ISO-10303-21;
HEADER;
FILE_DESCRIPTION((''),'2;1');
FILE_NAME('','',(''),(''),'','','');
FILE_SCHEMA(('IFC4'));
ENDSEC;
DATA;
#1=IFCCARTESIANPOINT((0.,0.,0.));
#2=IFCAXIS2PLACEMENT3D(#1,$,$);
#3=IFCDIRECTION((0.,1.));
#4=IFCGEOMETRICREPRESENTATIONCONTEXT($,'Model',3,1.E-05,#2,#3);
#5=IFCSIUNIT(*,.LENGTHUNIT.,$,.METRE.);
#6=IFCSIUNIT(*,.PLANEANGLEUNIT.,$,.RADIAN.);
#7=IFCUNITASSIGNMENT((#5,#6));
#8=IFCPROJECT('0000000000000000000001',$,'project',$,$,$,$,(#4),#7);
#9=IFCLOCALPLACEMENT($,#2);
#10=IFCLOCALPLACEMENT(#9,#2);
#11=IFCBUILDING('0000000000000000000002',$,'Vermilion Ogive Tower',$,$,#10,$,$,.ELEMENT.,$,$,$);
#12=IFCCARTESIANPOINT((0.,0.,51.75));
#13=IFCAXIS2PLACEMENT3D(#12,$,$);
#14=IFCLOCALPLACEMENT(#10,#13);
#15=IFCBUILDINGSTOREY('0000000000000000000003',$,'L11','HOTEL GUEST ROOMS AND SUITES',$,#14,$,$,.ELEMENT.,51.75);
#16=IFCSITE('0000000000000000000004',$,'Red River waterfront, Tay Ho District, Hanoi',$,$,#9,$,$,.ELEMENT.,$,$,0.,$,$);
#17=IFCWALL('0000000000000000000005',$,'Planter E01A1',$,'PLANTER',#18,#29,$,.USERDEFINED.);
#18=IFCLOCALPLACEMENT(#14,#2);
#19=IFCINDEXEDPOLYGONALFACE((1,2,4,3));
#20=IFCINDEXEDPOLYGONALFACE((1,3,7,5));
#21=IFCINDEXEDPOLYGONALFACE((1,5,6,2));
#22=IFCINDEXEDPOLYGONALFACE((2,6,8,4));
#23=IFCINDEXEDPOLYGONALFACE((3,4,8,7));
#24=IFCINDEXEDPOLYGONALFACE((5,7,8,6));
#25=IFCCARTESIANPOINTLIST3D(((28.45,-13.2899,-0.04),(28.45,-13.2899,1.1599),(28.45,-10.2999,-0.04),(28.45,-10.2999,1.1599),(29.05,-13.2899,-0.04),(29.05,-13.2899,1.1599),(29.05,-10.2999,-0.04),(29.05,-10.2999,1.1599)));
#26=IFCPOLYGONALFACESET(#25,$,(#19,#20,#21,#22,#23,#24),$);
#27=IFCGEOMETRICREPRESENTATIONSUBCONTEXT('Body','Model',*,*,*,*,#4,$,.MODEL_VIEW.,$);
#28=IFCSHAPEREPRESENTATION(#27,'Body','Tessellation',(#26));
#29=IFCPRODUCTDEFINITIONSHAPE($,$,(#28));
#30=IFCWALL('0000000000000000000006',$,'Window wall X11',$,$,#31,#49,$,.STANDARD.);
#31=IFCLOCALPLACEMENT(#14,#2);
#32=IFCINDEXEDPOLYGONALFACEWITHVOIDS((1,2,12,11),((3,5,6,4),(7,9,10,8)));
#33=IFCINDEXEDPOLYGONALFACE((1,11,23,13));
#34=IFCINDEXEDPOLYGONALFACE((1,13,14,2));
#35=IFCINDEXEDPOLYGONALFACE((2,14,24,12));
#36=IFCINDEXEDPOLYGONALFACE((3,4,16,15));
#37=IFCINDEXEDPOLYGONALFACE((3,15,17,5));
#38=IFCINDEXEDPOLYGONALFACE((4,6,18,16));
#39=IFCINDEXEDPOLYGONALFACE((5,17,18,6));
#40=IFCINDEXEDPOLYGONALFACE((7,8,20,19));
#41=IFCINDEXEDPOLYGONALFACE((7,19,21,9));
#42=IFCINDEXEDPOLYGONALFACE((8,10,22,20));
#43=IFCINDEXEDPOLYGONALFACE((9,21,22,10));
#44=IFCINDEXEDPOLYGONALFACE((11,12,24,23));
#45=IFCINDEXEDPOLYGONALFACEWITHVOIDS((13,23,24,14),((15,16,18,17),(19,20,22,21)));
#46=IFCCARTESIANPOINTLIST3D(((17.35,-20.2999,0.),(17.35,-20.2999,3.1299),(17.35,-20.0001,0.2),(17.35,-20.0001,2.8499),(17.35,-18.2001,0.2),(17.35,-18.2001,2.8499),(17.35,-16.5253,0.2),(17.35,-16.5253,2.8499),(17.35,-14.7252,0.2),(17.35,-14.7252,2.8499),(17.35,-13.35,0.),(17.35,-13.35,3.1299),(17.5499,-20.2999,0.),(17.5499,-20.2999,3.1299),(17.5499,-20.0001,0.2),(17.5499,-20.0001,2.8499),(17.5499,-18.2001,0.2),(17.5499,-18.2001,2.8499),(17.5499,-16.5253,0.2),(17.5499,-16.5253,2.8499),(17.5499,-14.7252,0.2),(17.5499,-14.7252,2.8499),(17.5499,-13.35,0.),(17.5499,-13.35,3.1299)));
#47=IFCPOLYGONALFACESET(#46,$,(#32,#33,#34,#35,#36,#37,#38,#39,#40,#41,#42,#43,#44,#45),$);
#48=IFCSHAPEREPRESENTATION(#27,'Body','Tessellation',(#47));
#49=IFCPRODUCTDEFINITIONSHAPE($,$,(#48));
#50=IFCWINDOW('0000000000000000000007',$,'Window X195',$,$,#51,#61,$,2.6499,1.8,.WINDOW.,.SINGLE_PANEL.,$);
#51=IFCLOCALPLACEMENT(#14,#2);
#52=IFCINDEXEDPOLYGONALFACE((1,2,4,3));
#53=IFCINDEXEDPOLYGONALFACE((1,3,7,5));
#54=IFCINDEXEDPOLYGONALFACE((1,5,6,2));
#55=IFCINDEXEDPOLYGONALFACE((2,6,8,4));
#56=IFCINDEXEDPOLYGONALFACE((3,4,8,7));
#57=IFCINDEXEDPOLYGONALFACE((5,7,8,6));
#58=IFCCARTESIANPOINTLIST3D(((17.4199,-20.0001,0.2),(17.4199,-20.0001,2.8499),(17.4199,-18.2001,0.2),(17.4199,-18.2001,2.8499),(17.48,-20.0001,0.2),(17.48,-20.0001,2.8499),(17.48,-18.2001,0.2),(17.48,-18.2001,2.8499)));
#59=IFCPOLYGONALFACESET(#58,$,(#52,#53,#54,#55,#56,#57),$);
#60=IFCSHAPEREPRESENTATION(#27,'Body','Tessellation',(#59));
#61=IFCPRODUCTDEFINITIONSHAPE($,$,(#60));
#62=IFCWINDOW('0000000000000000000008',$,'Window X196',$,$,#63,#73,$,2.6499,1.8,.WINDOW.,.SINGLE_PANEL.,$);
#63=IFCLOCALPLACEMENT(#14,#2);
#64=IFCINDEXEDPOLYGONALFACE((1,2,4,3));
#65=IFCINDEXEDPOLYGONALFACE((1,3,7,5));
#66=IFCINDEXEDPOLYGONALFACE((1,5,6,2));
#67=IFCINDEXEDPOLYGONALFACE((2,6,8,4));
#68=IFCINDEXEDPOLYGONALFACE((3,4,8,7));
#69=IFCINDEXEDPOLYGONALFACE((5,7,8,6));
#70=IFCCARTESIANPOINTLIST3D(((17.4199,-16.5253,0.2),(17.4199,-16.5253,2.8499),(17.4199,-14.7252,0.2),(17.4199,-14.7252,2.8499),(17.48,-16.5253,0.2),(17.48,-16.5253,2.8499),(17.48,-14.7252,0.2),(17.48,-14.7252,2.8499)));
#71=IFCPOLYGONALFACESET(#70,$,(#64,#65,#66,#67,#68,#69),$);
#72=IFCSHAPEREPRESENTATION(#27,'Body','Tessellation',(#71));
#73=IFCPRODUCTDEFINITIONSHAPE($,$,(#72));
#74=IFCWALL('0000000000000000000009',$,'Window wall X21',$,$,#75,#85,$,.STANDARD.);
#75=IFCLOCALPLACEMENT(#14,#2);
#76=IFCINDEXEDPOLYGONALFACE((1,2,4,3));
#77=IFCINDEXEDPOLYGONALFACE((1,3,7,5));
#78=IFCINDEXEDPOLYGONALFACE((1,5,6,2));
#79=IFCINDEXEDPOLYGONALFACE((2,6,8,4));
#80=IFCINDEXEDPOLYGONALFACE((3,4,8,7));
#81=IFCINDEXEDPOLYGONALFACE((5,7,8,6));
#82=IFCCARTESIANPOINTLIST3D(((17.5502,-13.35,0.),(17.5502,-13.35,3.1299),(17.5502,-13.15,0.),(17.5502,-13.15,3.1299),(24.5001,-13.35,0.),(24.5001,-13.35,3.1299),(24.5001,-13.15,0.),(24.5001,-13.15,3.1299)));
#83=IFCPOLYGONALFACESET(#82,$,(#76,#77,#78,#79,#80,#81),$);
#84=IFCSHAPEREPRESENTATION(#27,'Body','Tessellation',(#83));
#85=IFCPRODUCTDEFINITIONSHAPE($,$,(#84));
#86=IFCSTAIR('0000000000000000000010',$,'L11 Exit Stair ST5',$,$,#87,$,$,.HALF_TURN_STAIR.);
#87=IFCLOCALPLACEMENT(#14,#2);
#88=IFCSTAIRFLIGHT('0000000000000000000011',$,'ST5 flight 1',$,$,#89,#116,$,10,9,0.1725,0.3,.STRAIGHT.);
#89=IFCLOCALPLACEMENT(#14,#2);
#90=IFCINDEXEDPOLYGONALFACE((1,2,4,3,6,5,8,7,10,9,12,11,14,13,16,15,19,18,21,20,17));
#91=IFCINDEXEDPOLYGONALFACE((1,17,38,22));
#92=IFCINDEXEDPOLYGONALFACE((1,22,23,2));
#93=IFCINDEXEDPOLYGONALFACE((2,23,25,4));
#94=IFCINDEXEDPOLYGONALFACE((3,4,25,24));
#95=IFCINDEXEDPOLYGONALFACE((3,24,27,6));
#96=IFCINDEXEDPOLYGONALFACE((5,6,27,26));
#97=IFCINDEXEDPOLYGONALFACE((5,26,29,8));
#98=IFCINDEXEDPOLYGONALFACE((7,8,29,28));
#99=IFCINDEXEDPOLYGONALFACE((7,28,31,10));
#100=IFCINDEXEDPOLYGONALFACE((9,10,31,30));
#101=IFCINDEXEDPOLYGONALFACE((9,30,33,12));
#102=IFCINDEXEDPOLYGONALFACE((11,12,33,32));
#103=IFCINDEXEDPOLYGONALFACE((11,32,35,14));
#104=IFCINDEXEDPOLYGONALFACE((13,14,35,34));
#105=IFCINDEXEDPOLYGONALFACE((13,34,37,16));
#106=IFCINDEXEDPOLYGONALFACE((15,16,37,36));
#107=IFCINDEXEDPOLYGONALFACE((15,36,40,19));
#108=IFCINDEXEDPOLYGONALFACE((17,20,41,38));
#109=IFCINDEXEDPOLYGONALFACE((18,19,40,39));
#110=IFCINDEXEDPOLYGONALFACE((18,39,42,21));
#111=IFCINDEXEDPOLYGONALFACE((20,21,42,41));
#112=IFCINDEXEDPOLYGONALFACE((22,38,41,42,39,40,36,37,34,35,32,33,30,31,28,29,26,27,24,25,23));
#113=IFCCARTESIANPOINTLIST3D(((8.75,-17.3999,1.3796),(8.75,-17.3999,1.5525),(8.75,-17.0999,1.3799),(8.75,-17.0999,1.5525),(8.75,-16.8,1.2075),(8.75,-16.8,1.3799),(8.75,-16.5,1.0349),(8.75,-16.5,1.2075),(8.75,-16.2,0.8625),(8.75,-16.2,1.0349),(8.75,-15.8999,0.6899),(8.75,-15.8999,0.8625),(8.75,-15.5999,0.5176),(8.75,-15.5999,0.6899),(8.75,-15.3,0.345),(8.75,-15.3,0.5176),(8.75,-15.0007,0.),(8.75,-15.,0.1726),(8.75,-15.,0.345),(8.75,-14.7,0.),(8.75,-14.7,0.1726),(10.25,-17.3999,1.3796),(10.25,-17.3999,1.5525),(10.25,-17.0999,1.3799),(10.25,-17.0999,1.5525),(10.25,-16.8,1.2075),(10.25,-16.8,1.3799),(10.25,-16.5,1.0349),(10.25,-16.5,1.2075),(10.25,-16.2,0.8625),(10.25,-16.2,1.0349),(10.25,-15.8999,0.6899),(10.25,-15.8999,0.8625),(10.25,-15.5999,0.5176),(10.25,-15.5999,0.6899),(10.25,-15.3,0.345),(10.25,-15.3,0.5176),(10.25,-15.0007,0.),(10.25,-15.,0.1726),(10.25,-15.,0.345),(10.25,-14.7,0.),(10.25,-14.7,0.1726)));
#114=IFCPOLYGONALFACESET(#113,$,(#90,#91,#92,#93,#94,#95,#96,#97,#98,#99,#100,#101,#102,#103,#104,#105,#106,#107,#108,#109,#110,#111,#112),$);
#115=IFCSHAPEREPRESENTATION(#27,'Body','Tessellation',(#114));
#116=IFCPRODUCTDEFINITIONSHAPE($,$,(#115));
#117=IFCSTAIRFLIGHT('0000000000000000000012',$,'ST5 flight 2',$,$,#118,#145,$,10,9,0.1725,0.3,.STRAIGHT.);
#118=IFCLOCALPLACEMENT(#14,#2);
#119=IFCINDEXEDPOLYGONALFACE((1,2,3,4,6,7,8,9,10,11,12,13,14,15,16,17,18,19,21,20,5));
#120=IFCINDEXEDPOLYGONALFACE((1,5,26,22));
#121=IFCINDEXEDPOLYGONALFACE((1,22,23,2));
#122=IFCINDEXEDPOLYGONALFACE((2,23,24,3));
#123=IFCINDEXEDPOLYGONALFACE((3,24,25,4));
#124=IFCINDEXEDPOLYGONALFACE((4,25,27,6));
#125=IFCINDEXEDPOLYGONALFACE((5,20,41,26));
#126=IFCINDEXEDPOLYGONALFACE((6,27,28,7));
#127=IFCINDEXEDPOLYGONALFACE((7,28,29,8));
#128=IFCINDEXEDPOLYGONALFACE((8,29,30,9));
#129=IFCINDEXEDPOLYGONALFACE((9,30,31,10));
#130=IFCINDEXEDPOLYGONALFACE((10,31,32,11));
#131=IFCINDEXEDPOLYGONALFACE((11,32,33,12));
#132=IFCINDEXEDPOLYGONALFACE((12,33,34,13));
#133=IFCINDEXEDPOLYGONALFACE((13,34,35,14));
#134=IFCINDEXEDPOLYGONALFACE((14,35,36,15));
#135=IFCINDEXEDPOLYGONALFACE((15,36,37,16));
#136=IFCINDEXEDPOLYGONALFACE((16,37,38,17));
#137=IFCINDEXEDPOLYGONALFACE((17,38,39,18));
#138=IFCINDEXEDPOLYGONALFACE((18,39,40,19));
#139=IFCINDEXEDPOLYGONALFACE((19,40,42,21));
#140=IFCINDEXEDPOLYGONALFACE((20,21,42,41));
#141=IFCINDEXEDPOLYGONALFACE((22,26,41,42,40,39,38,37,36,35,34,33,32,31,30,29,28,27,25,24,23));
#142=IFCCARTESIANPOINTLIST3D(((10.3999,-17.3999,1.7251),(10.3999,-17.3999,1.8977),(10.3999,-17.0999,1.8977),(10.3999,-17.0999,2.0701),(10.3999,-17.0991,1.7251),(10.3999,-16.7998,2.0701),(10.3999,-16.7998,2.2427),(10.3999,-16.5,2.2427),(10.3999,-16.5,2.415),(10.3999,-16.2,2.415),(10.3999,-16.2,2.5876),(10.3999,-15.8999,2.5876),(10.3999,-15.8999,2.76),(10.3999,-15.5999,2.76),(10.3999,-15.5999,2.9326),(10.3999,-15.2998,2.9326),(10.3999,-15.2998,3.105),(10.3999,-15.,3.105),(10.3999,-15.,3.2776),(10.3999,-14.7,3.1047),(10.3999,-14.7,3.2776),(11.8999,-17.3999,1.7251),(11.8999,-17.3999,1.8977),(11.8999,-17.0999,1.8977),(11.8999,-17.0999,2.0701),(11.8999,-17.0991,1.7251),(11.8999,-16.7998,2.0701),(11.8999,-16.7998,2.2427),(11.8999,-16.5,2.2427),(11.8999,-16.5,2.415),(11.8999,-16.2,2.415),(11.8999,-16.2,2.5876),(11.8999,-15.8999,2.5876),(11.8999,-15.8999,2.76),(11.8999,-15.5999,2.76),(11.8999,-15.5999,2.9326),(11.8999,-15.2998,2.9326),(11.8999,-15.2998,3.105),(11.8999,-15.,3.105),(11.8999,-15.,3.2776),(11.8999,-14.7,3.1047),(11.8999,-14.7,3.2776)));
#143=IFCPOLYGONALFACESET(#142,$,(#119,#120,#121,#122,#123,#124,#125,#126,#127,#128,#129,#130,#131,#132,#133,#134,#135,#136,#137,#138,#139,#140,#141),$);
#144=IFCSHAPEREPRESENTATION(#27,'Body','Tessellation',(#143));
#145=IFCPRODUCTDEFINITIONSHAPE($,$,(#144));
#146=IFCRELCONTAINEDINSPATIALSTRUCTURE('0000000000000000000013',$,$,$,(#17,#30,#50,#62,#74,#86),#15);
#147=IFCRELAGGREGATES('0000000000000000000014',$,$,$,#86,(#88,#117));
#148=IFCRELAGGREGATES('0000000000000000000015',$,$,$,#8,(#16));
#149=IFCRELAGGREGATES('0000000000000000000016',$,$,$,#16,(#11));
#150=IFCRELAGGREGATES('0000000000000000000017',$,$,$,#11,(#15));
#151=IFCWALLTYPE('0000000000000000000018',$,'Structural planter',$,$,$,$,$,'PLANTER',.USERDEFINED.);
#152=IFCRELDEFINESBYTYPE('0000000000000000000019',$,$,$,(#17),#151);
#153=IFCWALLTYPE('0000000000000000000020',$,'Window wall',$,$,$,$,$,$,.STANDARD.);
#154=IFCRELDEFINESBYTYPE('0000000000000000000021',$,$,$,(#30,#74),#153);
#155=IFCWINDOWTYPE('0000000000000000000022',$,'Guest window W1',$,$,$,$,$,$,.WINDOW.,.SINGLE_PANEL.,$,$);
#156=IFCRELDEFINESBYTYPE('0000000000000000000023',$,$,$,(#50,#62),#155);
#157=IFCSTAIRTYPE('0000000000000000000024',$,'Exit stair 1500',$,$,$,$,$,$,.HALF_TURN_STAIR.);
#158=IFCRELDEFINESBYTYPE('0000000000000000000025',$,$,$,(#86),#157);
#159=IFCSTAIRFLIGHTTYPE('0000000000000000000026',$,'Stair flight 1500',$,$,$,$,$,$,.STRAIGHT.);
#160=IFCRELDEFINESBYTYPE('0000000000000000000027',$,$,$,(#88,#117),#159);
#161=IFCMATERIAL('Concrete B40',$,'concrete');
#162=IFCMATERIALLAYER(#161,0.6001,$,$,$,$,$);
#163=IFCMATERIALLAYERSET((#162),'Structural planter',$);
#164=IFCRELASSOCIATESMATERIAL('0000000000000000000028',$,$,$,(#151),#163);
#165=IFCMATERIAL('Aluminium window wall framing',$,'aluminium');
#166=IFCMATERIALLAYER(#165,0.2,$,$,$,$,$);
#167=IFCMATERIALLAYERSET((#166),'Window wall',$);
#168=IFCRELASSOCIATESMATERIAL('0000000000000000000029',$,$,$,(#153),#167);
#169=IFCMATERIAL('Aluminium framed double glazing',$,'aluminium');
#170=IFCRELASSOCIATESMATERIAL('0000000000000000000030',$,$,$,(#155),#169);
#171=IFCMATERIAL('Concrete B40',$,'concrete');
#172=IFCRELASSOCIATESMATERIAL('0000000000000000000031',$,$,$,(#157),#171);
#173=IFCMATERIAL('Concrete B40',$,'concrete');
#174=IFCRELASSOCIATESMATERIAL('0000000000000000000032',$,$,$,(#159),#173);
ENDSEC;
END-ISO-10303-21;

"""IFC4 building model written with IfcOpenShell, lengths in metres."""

from ifc_helpers import new_model, si_unit, direction, frame, frame_2d, origin, place, context, subcontext, project, spatial, polyline, rectangle, outline, extrude, material, layer, layer_set, type_object, element, fill, aggregate, save


model = new_model("IFC4")

# Units and contexts
model_context = context("Model", 3, precision=1e-05, world=origin(), true_north=direction((0.0, 1.0)))
body_context = subcontext(model_context, "Body", "Model", "MODEL_VIEW")
ifc_project = project(units=[si_unit("LENGTHUNIT", "METRE"), si_unit("PLANEANGLEUNIT", "RADIAN")], contexts=[model_context])

# Site, building, storey
site_placement = place(None, origin())
site = spatial("IfcSite", under=ifc_project, at=site_placement, Name="Red River waterfront, Tay Ho District, Hanoi", CompositionType="ELEMENT", RefElevation=0.0)
building_placement = place(site_placement, origin())
building = spatial("IfcBuilding", under=site, at=building_placement, Name="Vermilion Ogive Tower", CompositionType="ELEMENT")
storey_placement = place(building_placement, frame((0.0, 0.0, 51.75)))
storey = spatial("IfcBuildingStorey", under=building, at=storey_placement, Name="L11", Description="HOTEL GUEST ROOMS AND SUITES", CompositionType="ELEMENT", Elevation=51.75)

# Wall
ifc_material_1 = material(Name="Concrete B40", Category="concrete")
ifc_layer_1 = layer(ifc_material_1, 0.6001)
ifc_layer_set_1 = layer_set([ifc_layer_1], Name="Structural planter")
wall_type_1 = type_object("IfcWallType", Name="Structural planter", ElementType="PLANTER", PredefinedType="USERDEFINED", material=ifc_layer_set_1)
wall_1_placement = place(storey_placement, frame((28.75, -13.29, -0.04), z_axis=(0.0, 0.0, 1.0), x_axis=(0.0, 1.0, 0.0)))
element("IfcWall", 1, at=wall_1_placement, inside=storey, type_object=wall_type_1, Name="Planter E01A1", ObjectType="PLANTER", PredefinedType="USERDEFINED", context=body_context, shape_type="SweptSolid", body=[
    extrude(rectangle(XDim=2.99, YDim=0.6001, at=frame_2d((1.4951, 0.0))), origin(), (0.0, 0.0, 1.0), 1.2),
])

# Shared definitions
ifc_material_2 = material(Name="Aluminium window wall framing", Category="aluminium")
ifc_layer_2 = layer(ifc_material_2, 0.2)
ifc_layer_set_2 = layer_set([ifc_layer_2], Name="Window wall")
wall_type_2 = type_object("IfcWallType", Name="Window wall", PredefinedType="STANDARD", material=ifc_layer_set_2)
ifc_material_3 = material(Name="Aluminium framed double glazing", Category="aluminium")
window_type = type_object("IfcWindowType", Name="Guest window W1", PartitioningType="SINGLE_PANEL", PredefinedType="WINDOW", material=ifc_material_3)

# Wall, openings, windows
wall_2_placement = place(storey_placement, frame((17.45, -20.3, 0.0), z_axis=(0.0, 0.0, 1.0), x_axis=(0.0, 1.0, 0.0)))
wall_2 = element("IfcWall", 2, at=wall_2_placement, inside=storey, type_object=wall_type_2, Name="Window wall X11", PredefinedType="STANDARD", context=body_context, shape_type="SweptSolid", body=[
    extrude(rectangle(XDim=6.95, YDim=0.2, at=frame_2d((3.4751, 0.0))), origin(), (0.0, 0.0, 1.0), 3.1299),
])
opening_1_placement = place(wall_2_placement, frame((0.3, 0.0, 0.2)))
opening_1 = element("IfcOpeningElement", 3, at=opening_1_placement, cuts=wall_2, PredefinedType="OPENING", context=body_context, shape_type="SweptSolid", body=[
    extrude(rectangle(XDim=1.8, YDim=2.6499, at=frame_2d((0.8999, 1.325))), frame((0.0, 0.1099, 0.0), z_axis=(0.0, -1.0, 0.0), x_axis=(1.0, 0.0, 0.0)), (0.0, 0.0, 1.0), 0.22),
])
opening_2_placement = place(wall_2_placement, frame((3.7749, 0.0, 0.2)))
opening_2 = element("IfcOpeningElement", 4, at=opening_2_placement, cuts=wall_2, PredefinedType="OPENING", context=body_context, shape_type="SweptSolid", body=[
    extrude(rectangle(XDim=1.8, YDim=2.6499, at=frame_2d((0.8999, 1.325))), frame((0.0, 0.1099, 0.0), z_axis=(0.0, -1.0, 0.0), x_axis=(1.0, 0.0, 0.0)), (0.0, 0.0, 1.0), 0.22),
])
window_1_placement = place(opening_1_placement, origin())
window_1 = element("IfcWindow", 5, at=window_1_placement, inside=storey, type_object=window_type, Name="Window X195", OverallHeight=2.6499, OverallWidth=1.8, PartitioningType="SINGLE_PANEL", PredefinedType="WINDOW", context=body_context, shape_type="SweptSolid", body=[
    extrude(rectangle(XDim=1.8, YDim=2.6499, at=frame_2d((0.8999, 1.325))), frame((0.0, 0.03, 0.0), z_axis=(0.0, -1.0, 0.0), x_axis=(1.0, 0.0, 0.0)), (0.0, 0.0, 1.0), 0.0601),
])
fill(opening_1, window_1)
window_2_placement = place(opening_2_placement, origin())
window_2 = element("IfcWindow", 6, at=window_2_placement, inside=storey, type_object=window_type, Name="Window X196", OverallHeight=2.6499, OverallWidth=1.8, PartitioningType="SINGLE_PANEL", PredefinedType="WINDOW", context=body_context, shape_type="SweptSolid", body=[
    extrude(rectangle(XDim=1.8, YDim=2.6499, at=frame_2d((0.8999, 1.325))), frame((0.0, 0.03, 0.0), z_axis=(0.0, -1.0, 0.0), x_axis=(1.0, 0.0, 0.0)), (0.0, 0.0, 1.0), 0.0601),
])
fill(opening_2, window_2)

# Wall
wall_3_placement = place(storey_placement, frame((17.55, -13.25, 0.0), z_axis=(0.0, 0.0, 1.0), x_axis=(1.0, 0.0, 0.0)))
element("IfcWall", 7, at=wall_3_placement, inside=storey, type_object=wall_type_2, Name="Window wall X21", PredefinedType="STANDARD", context=body_context, shape_type="SweptSolid", body=[
    extrude(rectangle(XDim=6.95, YDim=0.2, at=frame_2d((3.4751, 0.0))), origin(), (0.0, 0.0, 1.0), 3.1299),
])

# Stair, stair flights
ifc_material_4 = material(Name="Concrete B40", Category="concrete")
stair_type = type_object("IfcStairType", Name="Exit stair 1500", PredefinedType="HALF_TURN_STAIR", material=ifc_material_4)
stair_placement = place(storey_placement, origin())
stair = element("IfcStair", 8, at=stair_placement, inside=storey, type_object=stair_type, Name="L11 Exit Stair ST5", PredefinedType="HALF_TURN_STAIR")
ifc_material_5 = material(Name="Concrete B40", Category="concrete")
stair_flight_type = type_object("IfcStairFlightType", Name="Stair flight 1500", PredefinedType="STRAIGHT", material=ifc_material_5)
stair_flight_1_placement = place(storey_placement, frame((9.5, -14.7, 0.0), z_axis=(0.0, 0.0, 1.0), x_axis=(0.0, -1.0, 0.0)))
stair_flight_1 = element("IfcStairFlight", 9, at=stair_flight_1_placement, type_object=stair_flight_type, Name="ST5 flight 1", NumberOfRisers=10, NumberOfTreads=9, PredefinedType="STRAIGHT", RiserHeight=0.1725, TreadLength=0.3, context=body_context, shape_type="SweptSolid", body=[
    extrude(outline(polyline([(0.0, 0.0), (0.0, 0.1726), (0.3, 0.1726), (0.3, 0.345), (0.6001, 0.345), (0.6001, 0.5176), (0.8999, 0.5176), (0.8999, 0.6899), (1.2, 0.6899), (1.2, 0.8625), (1.5, 0.8625), (1.5, 1.0349), (1.8, 1.0349), (1.8, 1.2075), (2.1001, 1.2075), (2.1001, 1.3799), (2.3999, 1.3799), (2.3999, 1.5525), (2.7, 1.5525), (2.7, 1.7251), (2.7, 1.3796), (0.3008, 0.0), (0.0, 0.0)])), frame((0.0, 0.75, 0.0), z_axis=(0.0, -1.0, 0.0), x_axis=(1.0, 0.0, 0.0)), (0.0, 0.0, 1.0), 1.5),
])
stair_flight_2_placement = place(storey_placement, frame((11.1499, -17.3999, 1.7251), z_axis=(0.0, 0.0, 1.0), x_axis=(0.0, 1.0, 0.0)))
stair_flight_2 = element("IfcStairFlight", 10, at=stair_flight_2_placement, type_object=stair_flight_type, Name="ST5 flight 2", NumberOfRisers=10, NumberOfTreads=9, PredefinedType="STRAIGHT", RiserHeight=0.1725, TreadLength=0.3, context=body_context, shape_type="SweptSolid", body=[
    extrude(outline(polyline([(0.0, 0.0), (0.0, 0.1726), (0.3, 0.1726), (0.3, 0.345), (0.6001, 0.345), (0.6001, 0.5176), (0.8999, 0.5176), (0.8999, 0.6899), (1.2, 0.6899), (1.2, 0.8625), (1.5, 0.8625), (1.5, 1.0349), (1.8, 1.0349), (1.8, 1.2075), (2.1001, 1.2075), (2.1001, 1.3799), (2.3999, 1.3799), (2.3999, 1.5525), (2.7, 1.5525), (2.7, 1.7251), (2.7, 1.3796), (0.3008, 0.0), (0.0, 0.0)])), frame((0.0, 0.75, 0.0), z_axis=(0.0, -1.0, 0.0), x_axis=(1.0, 0.0, 0.0)), (0.0, 0.0, 1.0), 1.5),
])
aggregate(stair, [stair_flight_1, stair_flight_2])

save(model, "model.ifc")
